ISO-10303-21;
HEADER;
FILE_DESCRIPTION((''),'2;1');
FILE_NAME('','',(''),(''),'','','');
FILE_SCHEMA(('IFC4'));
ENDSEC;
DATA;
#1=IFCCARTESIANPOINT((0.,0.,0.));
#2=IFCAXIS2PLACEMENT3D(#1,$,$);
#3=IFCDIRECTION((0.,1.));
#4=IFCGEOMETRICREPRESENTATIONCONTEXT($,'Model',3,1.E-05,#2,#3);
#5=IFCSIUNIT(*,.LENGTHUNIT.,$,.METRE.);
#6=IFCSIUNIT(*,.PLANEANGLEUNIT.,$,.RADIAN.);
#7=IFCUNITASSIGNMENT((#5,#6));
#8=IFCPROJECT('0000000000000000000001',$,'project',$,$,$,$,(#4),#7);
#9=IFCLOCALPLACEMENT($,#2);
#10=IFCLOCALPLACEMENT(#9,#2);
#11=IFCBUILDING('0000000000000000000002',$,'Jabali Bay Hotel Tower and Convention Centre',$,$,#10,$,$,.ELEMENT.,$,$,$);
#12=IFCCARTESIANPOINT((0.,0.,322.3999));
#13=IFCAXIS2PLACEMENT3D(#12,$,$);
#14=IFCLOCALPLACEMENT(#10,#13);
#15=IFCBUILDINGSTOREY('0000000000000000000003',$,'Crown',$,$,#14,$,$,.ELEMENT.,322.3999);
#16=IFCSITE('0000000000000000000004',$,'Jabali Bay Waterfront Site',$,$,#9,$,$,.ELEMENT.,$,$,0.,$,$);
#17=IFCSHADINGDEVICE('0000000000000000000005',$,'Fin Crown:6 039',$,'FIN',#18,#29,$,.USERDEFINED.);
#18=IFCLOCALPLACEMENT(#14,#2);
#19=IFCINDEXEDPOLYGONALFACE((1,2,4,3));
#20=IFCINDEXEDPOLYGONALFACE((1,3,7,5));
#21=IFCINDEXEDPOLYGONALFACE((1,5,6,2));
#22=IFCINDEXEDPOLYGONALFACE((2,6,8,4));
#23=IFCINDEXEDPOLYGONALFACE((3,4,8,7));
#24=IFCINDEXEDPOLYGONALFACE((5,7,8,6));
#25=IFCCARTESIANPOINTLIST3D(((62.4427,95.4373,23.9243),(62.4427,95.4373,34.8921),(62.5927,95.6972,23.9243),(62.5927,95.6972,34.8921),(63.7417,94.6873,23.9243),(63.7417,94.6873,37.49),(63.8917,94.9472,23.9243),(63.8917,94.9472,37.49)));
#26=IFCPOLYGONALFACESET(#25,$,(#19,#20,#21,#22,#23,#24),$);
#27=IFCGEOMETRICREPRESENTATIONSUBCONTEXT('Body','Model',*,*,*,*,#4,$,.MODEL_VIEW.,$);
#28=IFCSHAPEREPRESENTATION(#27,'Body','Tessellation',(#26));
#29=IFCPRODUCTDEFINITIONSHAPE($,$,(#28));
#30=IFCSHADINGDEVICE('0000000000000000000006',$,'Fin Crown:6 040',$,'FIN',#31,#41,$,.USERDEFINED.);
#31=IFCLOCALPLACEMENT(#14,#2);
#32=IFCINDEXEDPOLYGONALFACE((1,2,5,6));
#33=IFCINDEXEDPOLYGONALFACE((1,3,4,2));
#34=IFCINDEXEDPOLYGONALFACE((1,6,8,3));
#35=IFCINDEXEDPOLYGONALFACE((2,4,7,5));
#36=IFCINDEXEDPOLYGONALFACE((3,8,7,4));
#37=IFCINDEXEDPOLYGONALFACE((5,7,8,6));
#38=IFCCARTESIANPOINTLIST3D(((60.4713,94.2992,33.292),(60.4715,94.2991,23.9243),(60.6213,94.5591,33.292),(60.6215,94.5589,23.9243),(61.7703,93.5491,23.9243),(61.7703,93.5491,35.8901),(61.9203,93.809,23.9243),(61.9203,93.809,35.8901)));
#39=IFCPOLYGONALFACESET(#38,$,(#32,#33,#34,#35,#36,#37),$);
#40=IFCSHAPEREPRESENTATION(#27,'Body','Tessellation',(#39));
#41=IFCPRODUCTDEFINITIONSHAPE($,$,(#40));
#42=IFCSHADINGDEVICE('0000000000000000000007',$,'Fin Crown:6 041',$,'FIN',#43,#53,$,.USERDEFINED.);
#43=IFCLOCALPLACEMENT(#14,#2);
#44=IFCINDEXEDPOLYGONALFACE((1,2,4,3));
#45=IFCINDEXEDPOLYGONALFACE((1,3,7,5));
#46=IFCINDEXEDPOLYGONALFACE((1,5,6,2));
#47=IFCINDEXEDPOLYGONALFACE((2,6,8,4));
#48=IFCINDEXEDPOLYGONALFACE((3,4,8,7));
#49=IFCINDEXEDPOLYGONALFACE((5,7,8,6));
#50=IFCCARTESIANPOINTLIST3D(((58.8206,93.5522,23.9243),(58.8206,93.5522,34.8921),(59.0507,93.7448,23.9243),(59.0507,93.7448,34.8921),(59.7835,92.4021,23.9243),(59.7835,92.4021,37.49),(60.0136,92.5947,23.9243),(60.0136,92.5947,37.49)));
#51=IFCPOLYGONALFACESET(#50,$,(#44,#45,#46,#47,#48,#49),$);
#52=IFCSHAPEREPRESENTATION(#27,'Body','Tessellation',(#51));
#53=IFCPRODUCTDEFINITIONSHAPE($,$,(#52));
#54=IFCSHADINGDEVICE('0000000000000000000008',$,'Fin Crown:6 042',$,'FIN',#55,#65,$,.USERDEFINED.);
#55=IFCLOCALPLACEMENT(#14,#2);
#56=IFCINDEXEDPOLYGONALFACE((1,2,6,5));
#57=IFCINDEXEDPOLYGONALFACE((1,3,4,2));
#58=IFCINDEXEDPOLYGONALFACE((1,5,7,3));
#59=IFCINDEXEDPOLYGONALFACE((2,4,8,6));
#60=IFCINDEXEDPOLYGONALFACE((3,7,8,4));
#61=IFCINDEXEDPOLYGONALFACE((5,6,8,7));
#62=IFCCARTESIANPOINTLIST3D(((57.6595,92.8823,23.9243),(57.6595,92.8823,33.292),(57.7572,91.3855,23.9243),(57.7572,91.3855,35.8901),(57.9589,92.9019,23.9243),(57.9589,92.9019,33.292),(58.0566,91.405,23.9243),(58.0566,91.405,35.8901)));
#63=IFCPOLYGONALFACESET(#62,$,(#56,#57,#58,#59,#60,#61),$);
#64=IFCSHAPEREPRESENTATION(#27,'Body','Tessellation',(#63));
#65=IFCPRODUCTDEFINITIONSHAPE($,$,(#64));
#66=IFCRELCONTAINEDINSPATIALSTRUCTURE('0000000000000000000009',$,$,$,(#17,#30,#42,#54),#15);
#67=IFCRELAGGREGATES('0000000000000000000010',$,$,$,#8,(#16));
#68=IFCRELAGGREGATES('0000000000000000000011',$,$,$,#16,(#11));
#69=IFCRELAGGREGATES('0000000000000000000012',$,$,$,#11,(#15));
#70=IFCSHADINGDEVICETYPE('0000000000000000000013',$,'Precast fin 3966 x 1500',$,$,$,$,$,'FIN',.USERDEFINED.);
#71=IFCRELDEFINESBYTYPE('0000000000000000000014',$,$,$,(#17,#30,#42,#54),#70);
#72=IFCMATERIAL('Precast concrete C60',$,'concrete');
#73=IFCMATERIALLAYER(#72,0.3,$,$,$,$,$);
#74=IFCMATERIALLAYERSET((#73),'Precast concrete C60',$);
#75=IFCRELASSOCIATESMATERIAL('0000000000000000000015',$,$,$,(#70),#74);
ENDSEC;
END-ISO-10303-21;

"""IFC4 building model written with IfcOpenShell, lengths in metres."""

from ifc_helpers import new_model, si_unit, direction, frame, origin, place, context, subcontext, project, spatial, polyline, outline, extrude, material, layer, layer_set, type_object, element, save


model = new_model("IFC4")

# Units and contexts
model_context = context("Model", 3, precision=1e-05, world=origin(), true_north=direction((0.0, 1.0)))
body_context = subcontext(model_context, "Body", "Model", "MODEL_VIEW")
ifc_project = project(units=[si_unit("LENGTHUNIT", "METRE"), si_unit("PLANEANGLEUNIT", "RADIAN")], contexts=[model_context])

# Site, building, storey
site_placement = place(None, origin())
site = spatial("IfcSite", under=ifc_project, at=site_placement, Name="Jabali Bay Waterfront Site", CompositionType="ELEMENT", RefElevation=0.0)
building_placement = place(site_placement, origin())
building = spatial("IfcBuilding", under=site, at=building_placement, Name="Jabali Bay Hotel Tower and Convention Centre", CompositionType="ELEMENT")
storey_placement = place(building_placement, frame((0.0, 0.0, 322.3999)))
storey = spatial("IfcBuildingStorey", under=building, at=storey_placement, Name="Crown", CompositionType="ELEMENT", Elevation=322.3999)

# Shading devices
ifc_material_1 = material(Name="Precast concrete C60", Category="concrete")
ifc_layer_1 = layer(ifc_material_1, 0.3)
ifc_layer_set_1 = layer_set([ifc_layer_1], Name="Precast concrete C60")
shading_device_type = type_object("IfcShadingDeviceType", Name="Precast fin 3966 x 1500", ElementType="FIN", PredefinedType="USERDEFINED", material=ifc_layer_set_1)
shading_device_1_placement = place(storey_placement, frame((63.8167, 94.8171, 23.9243), z_axis=(0.0, 0.0, 1.0), x_axis=(-0.866031, 0.49999, 0.0)))
element("IfcShadingDevice", 1, at=shading_device_1_placement, inside=storey, type_object=shading_device_type, Name="Fin Crown:6 039", ObjectType="FIN", PredefinedType="USERDEFINED", context=body_context, shape_type="SweptSolid", body=[
    extrude(outline(polyline([(0.0, 0.0), (1.5, 0.0), (1.5, 10.9678), (0.0, 13.5657), (0.0, 0.0)])), frame((0.0, 0.1499, 0.0), z_axis=(0.0, -1.0, 0.0), x_axis=(1.0, 0.0, 0.0)), (0.0, 0.0, 1.0), 0.3),
])
shading_device_2_placement = place(storey_placement, frame((61.8452, 93.679, 23.9243), z_axis=(0.0, 0.0, 1.0), x_axis=(-0.86599, 0.500061, 0.0)))
element("IfcShadingDevice", 2, at=shading_device_2_placement, inside=storey, type_object=shading_device_type, Name="Fin Crown:6 040", ObjectType="FIN", PredefinedType="USERDEFINED", context=body_context, shape_type="SweptSolid", body=[
    extrude(outline(polyline([(0.0, 0.0), (1.4998, 0.0), (1.5, 9.3677), (0.0, 11.9658), (0.0, 0.0)])), frame((0.0, 0.1499, 0.0), z_axis=(0.0, -1.0, 0.0), x_axis=(1.0, 0.0, 0.0)), (0.0, 0.0, 1.0), 0.3),
])
shading_device_3_placement = place(storey_placement, frame((59.8984, 92.4983, 23.9243), z_axis=(0.0, 0.0, 1.0), x_axis=(-0.641928, 0.766765, 0.0)))
element("IfcShadingDevice", 3, at=shading_device_3_placement, inside=storey, type_object=shading_device_type, Name="Fin Crown:6 041", ObjectType="FIN", PredefinedType="USERDEFINED", context=body_context, shape_type="SweptSolid", body=[
    extrude(outline(polyline([(0.0, 0.0), (1.5, 0.0), (1.5, 10.9678), (0.0, 13.5657), (0.0, 0.0)])), frame((0.0, 0.1499, 0.0), z_axis=(0.0, -1.0, 0.0), x_axis=(1.0, 0.0, 0.0)), (0.0, 0.0, 1.0), 0.3),
])
shading_device_4_placement = place(storey_placement, frame((57.9067, 91.3953, 23.9243), z_axis=(0.0, 0.0, 1.0), x_axis=(-0.065104, 0.997878, 0.0)))
element("IfcShadingDevice", 4, at=shading_device_4_placement, inside=storey, type_object=shading_device_type, Name="Fin Crown:6 042", ObjectType="FIN", PredefinedType="USERDEFINED", context=body_context, shape_type="SweptSolid", body=[
    extrude(outline(polyline([(0.0, 0.0), (1.5, 0.0), (1.5, 9.3677), (0.0, 11.9658), (0.0, 0.0)])), frame((0.0, 0.1499, 0.0), z_axis=(0.0, -1.0, 0.0), x_axis=(1.0, 0.0, 0.0)), (0.0, 0.0, 1.0), 0.3),
])

save(model, "model.ifc")
